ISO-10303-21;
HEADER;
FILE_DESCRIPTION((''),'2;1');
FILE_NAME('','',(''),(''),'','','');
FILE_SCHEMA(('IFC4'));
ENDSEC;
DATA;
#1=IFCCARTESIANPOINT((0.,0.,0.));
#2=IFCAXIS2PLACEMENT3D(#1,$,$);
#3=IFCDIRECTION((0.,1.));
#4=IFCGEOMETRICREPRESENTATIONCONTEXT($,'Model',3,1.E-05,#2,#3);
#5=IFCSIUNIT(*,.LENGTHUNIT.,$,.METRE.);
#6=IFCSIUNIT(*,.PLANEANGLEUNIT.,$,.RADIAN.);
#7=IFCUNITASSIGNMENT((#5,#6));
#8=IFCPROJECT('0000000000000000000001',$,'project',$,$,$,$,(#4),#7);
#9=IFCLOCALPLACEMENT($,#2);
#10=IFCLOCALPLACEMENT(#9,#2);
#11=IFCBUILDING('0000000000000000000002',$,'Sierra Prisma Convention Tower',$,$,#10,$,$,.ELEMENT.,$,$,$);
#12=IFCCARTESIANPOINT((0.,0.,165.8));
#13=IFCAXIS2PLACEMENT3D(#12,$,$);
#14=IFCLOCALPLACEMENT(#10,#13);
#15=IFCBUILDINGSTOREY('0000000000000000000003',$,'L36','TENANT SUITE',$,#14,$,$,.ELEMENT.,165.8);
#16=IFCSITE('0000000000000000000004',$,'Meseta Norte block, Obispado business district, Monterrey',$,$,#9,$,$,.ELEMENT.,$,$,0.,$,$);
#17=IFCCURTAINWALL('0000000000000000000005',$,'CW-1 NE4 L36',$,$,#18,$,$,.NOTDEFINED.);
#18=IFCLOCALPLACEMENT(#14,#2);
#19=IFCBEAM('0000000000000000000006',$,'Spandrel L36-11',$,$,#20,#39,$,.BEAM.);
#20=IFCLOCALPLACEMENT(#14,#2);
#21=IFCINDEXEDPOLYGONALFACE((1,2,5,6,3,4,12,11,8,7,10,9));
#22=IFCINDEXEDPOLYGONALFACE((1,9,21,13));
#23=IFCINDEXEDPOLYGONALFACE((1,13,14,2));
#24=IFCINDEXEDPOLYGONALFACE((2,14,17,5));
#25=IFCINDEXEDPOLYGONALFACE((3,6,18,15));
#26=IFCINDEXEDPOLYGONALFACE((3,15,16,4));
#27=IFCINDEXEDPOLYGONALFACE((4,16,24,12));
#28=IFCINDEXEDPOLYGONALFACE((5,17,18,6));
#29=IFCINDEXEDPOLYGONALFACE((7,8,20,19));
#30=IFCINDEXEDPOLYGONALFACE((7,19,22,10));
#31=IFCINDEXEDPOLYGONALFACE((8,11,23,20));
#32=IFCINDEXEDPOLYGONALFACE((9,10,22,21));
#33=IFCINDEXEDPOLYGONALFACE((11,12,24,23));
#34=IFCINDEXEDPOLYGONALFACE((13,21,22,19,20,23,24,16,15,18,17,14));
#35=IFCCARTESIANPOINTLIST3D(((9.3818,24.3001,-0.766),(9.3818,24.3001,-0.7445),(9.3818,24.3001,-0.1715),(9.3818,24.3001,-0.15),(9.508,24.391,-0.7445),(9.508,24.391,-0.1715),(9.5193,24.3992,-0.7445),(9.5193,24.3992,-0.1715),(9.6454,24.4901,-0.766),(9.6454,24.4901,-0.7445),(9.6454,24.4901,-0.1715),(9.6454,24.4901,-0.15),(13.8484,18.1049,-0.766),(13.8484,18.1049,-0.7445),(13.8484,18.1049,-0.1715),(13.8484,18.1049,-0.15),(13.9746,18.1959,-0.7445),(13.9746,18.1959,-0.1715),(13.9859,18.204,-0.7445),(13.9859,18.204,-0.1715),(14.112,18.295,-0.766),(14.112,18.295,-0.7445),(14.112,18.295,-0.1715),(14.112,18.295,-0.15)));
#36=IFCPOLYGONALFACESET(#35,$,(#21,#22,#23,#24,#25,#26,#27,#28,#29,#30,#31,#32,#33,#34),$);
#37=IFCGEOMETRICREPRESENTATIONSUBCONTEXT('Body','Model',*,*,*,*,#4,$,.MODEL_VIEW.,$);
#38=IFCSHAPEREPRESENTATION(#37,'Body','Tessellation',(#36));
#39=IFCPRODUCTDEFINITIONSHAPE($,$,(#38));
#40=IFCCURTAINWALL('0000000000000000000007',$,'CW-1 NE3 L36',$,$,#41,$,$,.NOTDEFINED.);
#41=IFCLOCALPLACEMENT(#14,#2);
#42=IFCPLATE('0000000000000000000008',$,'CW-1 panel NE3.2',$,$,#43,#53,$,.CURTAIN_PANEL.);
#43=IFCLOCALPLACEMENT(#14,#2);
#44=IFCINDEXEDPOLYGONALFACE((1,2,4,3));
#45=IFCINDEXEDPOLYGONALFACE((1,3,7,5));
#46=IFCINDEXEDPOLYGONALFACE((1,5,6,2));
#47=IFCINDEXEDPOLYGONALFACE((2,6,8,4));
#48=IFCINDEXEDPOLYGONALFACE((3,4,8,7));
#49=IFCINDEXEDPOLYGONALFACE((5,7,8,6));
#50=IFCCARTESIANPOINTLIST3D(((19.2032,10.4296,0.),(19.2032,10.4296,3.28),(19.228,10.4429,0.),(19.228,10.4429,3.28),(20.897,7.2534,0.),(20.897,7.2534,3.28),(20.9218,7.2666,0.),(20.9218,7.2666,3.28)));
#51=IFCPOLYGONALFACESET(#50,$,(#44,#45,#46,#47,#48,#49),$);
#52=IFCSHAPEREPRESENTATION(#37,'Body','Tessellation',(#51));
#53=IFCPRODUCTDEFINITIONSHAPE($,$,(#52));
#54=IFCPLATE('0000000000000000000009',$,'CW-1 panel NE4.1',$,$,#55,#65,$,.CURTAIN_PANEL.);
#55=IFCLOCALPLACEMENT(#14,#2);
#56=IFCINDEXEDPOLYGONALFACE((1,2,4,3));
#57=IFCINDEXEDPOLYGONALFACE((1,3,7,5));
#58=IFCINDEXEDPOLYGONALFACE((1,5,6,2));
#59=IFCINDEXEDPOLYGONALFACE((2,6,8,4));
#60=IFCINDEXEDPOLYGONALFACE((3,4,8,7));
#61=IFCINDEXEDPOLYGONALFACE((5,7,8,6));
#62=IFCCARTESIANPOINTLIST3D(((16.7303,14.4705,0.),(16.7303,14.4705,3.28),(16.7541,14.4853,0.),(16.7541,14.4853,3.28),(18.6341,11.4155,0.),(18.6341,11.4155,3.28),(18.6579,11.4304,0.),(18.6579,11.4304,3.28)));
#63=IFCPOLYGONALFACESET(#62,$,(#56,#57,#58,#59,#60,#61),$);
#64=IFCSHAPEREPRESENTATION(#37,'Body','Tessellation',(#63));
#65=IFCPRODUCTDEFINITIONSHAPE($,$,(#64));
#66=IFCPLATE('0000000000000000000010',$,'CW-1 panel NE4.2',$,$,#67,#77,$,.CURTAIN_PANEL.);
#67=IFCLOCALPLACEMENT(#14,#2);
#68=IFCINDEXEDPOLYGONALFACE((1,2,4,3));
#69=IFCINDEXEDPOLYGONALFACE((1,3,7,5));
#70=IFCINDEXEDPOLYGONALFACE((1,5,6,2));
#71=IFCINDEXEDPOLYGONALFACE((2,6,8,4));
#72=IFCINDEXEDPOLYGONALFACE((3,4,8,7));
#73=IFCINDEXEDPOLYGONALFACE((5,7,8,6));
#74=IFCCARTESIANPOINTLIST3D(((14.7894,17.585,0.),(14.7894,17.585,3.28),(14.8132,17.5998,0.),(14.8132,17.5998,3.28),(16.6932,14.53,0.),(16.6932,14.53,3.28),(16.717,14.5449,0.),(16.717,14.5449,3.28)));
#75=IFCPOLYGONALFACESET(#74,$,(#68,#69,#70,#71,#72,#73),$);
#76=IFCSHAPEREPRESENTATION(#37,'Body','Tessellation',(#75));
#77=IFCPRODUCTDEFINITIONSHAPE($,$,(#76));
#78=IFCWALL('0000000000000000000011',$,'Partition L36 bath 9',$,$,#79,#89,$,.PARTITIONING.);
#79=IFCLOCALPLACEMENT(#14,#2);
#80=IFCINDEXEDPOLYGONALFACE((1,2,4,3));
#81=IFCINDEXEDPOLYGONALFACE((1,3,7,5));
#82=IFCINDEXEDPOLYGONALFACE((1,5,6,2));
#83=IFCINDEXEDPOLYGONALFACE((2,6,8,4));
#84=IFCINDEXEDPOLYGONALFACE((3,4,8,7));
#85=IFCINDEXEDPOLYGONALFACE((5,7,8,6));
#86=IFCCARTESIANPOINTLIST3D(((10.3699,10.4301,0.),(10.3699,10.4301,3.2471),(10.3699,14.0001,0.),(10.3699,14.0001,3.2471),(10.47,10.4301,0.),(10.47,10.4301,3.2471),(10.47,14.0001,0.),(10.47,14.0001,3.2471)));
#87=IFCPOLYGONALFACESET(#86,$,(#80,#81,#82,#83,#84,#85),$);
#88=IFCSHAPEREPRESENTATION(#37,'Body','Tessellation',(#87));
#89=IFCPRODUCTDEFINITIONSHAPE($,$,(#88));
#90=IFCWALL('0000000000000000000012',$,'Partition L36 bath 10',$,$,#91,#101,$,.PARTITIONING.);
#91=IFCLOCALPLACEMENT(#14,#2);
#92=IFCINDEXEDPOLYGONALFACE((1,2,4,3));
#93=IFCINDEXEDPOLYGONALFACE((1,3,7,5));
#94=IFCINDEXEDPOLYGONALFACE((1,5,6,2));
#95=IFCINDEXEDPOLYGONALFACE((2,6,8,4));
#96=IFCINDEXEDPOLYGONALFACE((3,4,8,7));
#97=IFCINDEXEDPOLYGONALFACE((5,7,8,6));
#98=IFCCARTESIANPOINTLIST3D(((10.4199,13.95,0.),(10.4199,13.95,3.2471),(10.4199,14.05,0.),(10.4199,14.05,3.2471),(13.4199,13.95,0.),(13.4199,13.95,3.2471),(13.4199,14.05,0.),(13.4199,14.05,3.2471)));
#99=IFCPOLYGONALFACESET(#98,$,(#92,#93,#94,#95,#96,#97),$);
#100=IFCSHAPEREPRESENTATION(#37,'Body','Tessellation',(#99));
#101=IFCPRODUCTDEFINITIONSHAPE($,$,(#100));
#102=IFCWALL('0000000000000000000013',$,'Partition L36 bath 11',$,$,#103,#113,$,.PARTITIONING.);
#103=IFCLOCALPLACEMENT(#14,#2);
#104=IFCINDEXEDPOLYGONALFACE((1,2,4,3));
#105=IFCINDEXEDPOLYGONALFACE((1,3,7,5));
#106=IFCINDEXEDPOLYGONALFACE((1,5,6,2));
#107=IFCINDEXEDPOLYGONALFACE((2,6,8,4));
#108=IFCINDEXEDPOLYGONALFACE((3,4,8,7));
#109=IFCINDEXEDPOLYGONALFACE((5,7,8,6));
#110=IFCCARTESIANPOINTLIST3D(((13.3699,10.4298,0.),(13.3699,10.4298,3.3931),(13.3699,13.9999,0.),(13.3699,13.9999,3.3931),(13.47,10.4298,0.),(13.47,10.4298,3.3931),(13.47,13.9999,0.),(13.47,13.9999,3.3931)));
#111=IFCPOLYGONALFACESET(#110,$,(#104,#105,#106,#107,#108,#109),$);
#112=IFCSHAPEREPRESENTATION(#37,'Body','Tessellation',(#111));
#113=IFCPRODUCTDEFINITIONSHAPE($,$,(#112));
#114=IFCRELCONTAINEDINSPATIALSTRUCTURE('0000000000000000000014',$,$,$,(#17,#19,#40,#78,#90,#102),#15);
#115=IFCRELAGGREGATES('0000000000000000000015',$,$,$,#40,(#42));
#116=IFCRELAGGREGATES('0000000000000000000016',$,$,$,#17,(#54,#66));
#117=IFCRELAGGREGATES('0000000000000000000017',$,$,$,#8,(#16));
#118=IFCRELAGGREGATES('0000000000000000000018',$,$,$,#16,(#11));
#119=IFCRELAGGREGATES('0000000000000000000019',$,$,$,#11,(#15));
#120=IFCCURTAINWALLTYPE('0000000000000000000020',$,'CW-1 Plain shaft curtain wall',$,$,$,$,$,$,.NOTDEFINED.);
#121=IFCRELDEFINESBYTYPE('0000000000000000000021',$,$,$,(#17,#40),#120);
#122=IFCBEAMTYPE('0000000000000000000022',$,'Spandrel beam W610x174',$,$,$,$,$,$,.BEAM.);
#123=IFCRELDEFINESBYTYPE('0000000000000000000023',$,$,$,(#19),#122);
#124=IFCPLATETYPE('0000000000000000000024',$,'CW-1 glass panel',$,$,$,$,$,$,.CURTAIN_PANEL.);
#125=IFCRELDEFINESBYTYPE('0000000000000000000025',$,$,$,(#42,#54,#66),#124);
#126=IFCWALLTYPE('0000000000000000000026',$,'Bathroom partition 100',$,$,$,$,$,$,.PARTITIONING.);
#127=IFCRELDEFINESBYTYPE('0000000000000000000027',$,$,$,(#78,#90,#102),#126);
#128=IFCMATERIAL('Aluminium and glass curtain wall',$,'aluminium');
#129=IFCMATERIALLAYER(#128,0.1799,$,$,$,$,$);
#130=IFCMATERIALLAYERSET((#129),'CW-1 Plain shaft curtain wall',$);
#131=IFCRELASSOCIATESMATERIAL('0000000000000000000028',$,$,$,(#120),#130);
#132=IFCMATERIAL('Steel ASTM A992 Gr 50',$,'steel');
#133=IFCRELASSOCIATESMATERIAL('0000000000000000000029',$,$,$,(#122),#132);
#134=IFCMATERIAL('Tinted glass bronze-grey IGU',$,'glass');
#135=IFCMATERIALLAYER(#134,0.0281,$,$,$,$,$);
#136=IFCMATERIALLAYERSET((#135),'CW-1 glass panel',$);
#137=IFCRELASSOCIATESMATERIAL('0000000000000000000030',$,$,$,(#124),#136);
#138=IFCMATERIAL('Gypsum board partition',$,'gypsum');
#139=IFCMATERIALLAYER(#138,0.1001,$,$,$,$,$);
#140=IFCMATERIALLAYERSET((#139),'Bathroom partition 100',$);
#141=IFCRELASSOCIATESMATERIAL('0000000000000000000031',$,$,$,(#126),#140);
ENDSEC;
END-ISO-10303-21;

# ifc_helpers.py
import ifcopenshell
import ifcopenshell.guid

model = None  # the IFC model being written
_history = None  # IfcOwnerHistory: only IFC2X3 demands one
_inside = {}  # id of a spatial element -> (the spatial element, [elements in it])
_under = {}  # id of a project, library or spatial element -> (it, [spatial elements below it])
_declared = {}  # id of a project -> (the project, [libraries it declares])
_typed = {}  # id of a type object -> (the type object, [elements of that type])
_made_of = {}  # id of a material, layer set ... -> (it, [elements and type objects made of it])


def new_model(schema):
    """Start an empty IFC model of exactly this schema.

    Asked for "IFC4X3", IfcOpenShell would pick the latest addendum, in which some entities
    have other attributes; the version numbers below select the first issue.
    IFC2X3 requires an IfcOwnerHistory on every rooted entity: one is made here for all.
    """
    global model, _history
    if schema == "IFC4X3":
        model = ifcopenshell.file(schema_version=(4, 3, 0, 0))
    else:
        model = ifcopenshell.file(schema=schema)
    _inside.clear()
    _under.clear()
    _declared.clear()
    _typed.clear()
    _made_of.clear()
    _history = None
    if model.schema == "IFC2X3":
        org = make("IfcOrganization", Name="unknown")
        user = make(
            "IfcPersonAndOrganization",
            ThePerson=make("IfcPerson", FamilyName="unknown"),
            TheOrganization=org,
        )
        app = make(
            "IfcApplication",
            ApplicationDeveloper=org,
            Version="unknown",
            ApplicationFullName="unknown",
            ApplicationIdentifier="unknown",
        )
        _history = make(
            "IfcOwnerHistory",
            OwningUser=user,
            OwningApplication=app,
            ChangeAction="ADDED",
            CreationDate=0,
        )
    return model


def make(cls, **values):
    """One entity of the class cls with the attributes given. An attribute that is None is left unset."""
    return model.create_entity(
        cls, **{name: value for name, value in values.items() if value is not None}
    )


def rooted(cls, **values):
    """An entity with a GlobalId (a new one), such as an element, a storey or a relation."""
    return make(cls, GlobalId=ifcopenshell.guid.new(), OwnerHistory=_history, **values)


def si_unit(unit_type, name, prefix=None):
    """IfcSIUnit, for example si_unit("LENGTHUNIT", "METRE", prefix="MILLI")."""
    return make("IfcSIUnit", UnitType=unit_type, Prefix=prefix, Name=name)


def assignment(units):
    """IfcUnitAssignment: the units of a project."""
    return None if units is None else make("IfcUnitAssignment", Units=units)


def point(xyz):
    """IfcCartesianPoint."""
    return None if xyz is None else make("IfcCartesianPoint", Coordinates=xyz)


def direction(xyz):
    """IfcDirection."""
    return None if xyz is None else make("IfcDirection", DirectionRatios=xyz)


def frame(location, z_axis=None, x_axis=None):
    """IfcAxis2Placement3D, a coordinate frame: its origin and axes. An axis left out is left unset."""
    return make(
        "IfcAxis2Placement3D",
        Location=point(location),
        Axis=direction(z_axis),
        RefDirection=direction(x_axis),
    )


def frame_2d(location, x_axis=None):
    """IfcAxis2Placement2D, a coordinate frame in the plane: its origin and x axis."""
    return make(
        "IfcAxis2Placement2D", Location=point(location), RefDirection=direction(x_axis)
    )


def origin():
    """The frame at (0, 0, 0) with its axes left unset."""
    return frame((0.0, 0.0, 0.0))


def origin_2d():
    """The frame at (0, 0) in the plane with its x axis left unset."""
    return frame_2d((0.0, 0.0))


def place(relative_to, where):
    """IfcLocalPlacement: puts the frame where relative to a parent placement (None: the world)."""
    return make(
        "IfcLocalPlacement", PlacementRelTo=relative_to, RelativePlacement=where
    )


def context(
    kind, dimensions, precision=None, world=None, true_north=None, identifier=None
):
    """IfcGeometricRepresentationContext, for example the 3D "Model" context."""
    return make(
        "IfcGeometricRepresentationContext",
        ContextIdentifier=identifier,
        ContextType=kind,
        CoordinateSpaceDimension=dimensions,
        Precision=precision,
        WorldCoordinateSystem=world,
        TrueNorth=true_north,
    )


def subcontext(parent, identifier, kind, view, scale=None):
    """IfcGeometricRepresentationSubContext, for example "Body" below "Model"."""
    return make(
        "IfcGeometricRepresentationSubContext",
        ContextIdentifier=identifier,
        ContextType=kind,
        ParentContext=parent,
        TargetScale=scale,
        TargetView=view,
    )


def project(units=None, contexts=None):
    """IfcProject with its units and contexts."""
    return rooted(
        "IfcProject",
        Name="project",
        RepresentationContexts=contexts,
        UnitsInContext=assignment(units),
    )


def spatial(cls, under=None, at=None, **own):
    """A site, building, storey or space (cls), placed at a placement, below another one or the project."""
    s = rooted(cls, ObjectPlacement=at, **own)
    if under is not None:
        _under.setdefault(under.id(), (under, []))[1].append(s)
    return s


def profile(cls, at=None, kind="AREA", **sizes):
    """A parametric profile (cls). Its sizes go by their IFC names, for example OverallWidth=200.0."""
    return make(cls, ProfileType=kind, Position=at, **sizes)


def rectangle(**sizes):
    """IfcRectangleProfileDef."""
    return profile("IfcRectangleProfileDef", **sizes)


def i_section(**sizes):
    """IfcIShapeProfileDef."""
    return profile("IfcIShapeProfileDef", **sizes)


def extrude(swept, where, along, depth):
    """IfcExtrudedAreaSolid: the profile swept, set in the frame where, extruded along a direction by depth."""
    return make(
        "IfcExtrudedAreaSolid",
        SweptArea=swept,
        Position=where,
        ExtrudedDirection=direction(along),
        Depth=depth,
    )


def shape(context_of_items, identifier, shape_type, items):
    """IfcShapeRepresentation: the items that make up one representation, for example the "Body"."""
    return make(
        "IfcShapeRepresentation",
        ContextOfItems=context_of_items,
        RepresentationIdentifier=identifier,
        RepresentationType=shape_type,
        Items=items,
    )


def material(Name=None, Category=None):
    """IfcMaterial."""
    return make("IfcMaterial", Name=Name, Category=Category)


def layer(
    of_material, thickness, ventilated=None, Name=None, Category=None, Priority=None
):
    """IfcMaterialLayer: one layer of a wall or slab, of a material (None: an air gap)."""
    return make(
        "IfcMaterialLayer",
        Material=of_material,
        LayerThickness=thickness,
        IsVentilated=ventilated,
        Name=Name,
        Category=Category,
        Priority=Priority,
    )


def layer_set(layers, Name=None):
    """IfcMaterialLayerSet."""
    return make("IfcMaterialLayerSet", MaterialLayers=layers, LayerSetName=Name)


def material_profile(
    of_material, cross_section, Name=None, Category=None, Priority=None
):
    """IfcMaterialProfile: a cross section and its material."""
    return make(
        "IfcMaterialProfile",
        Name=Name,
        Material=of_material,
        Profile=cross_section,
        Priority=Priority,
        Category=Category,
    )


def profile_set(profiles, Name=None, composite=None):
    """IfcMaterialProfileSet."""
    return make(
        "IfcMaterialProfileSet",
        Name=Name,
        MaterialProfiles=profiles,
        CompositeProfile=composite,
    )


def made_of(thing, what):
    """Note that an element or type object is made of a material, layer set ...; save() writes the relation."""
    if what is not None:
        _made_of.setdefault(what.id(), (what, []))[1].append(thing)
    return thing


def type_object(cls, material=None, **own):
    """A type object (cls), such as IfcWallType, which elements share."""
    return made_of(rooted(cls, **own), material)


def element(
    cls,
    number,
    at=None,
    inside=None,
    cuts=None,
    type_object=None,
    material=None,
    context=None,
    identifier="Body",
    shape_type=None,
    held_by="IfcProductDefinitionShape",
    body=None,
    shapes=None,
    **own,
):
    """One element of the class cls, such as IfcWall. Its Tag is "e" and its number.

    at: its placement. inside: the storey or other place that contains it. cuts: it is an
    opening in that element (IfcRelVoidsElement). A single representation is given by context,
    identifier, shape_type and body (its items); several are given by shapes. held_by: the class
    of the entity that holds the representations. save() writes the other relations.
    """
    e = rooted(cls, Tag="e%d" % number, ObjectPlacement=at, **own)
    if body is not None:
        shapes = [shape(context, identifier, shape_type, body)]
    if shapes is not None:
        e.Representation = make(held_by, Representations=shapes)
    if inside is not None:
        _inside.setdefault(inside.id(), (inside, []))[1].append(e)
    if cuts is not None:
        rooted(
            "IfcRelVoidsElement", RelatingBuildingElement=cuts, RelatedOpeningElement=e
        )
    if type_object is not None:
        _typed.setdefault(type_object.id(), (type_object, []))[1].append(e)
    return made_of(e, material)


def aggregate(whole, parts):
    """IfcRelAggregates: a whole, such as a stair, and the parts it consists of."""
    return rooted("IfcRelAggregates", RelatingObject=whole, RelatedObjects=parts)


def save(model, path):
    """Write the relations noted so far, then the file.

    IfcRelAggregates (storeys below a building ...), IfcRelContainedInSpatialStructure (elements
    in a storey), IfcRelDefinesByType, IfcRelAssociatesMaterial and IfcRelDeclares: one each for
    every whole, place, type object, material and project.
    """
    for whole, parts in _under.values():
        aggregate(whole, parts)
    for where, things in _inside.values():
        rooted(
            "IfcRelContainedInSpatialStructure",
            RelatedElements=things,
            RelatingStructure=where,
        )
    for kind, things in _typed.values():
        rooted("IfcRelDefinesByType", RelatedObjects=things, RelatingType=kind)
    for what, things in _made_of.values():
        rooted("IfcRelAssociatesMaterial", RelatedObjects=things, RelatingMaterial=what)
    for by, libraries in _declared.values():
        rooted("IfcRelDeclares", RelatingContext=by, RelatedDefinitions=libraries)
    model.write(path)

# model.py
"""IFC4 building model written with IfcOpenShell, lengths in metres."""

from ifc_helpers import new_model, si_unit, direction, frame, frame_2d, origin, origin_2d, place, context, subcontext, project, spatial, rectangle, i_section, extrude, material, layer, layer_set, material_profile, profile_set, type_object, element, aggregate, save


model = new_model("IFC4")

# Units and contexts
model_context = context("Model", 3, precision=1e-05, world=origin(), true_north=direction((0.0, 1.0)))
body_context = subcontext(model_context, "Body", "Model", "MODEL_VIEW")
ifc_project = project(units=[si_unit("LENGTHUNIT", "METRE"), si_unit("PLANEANGLEUNIT", "RADIAN")], contexts=[model_context])

# Site, building, storey
site_placement = place(None, origin())
site = spatial("IfcSite", under=ifc_project, at=site_placement, Name="Meseta Norte block, Obispado business district, Monterrey", CompositionType="ELEMENT", RefElevation=0.0)
building_placement = place(site_placement, origin())
building = spatial("IfcBuilding", under=site, at=building_placement, Name="Sierra Prisma Convention Tower", CompositionType="ELEMENT")
storey_placement = place(building_placement, frame((0.0, 0.0, 165.8)))
storey = spatial("IfcBuildingStorey", under=building, at=storey_placement, Name="L36", Description="TENANT SUITE", CompositionType="ELEMENT", Elevation=165.8)

# Curtain wall
ifc_material_1 = material(Name="Aluminium and glass curtain wall", Category="aluminium")
ifc_layer_1 = layer(ifc_material_1, 0.1799)
ifc_layer_set_1 = layer_set([ifc_layer_1], Name="CW-1 Plain shaft curtain wall")
curtain_wall_type = type_object("IfcCurtainWallType", Name="CW-1 Plain shaft curtain wall", PredefinedType="NOTDEFINED", material=ifc_layer_set_1)
curtain_wall_1_placement = place(storey_placement, origin())
curtain_wall_1 = element("IfcCurtainWall", 1, at=curtain_wall_1_placement, inside=storey, type_object=curtain_wall_type, Name="CW-1 NE4 L36", PredefinedType="NOTDEFINED")

# Beam
ifc_material_2 = material(Name="Steel ASTM A992 Gr 50", Category="steel")
ifc_material_profile_1 = material_profile(ifc_material_2, i_section(OverallWidth=0.325, OverallDepth=0.616, WebThickness=0.0139, FlangeThickness=0.0215, at=origin_2d()), Name="W610x174")
ifc_profile_set_1 = profile_set([ifc_material_profile_1], Name="Steel ASTM A992 Gr 50")
beam_type_1 = type_object("IfcBeamType", Name="Spandrel beam W610x174", PredefinedType="BEAM", material=ifc_profile_set_1)
beam_1_placement = place(storey_placement, frame((13.9802, 18.2, -0.458), z_axis=(-0.584831, 0.811155, 0.0), x_axis=(-0.811155, -0.584831, 0.0)))
element("IfcBeam", 2, at=beam_1_placement, inside=storey, type_object=beam_type_1, Name="Spandrel L36-11", PredefinedType="BEAM", context=body_context, shape_type="SweptSolid", body=[
    extrude(i_section(OverallWidth=0.325, OverallDepth=0.616, WebThickness=0.0139, FlangeThickness=0.0215, at=origin_2d()), origin(), (0.0, 0.0, 1.0), 7.6375),
])

# Curtain wall, plate
curtain_wall_2_placement = place(storey_placement, origin())
curtain_wall_2 = element("IfcCurtainWall", 3, at=curtain_wall_2_placement, inside=storey, type_object=curtain_wall_type, Name="CW-1 NE3 L36", PredefinedType="NOTDEFINED")
ifc_material_3 = material(Name="Tinted glass bronze-grey IGU", Category="glass")
ifc_layer_2 = layer(ifc_material_3, 0.0281)
ifc_layer_set_2 = layer_set([ifc_layer_2], Name="CW-1 glass panel")
plate_type = type_object("IfcPlateType", Name="CW-1 glass panel", PredefinedType="CURTAIN_PANEL", material=ifc_layer_set_2)
plate_1_placement = place(storey_placement, frame((20.0625, 8.8481, 0.0), z_axis=(0.0, 0.0, 1.0), x_axis=(-0.470541, 0.882378, 0.0)))
plate_1 = element("IfcPlate", 4, at=plate_1_placement, type_object=plate_type, Name="CW-1 panel NE3.2", PredefinedType="CURTAIN_PANEL", context=body_context, shape_type="SweptSolid", body=[
    extrude(rectangle(XDim=3.5996, YDim=0.0281, at=origin_2d()), origin(), (0.0, 0.0, 1.0), 3.28),
])
aggregate(curtain_wall_2, [plate_1])

# Plates
plate_2_placement = place(storey_placement, frame((17.6941, 12.9504, 0.0), z_axis=(0.0, 0.0, 1.0), x_axis=(-0.528891, 0.84869, 0.0)))
plate_2 = element("IfcPlate", 5, at=plate_2_placement, type_object=plate_type, Name="CW-1 panel NE4.1", PredefinedType="CURTAIN_PANEL", context=body_context, shape_type="SweptSolid", body=[
    extrude(rectangle(XDim=3.5996, YDim=0.0281, at=origin_2d()), origin(), (0.0, 0.0, 1.0), 3.28),
])
plate_3_placement = place(storey_placement, frame((15.7532, 16.0649, 0.0), z_axis=(0.0, 0.0, 1.0), x_axis=(-0.528891, 0.84869, 0.0)))
plate_3 = element("IfcPlate", 6, at=plate_3_placement, type_object=plate_type, Name="CW-1 panel NE4.2", PredefinedType="CURTAIN_PANEL", context=body_context, shape_type="SweptSolid", body=[
    extrude(rectangle(XDim=3.5996, YDim=0.0281, at=origin_2d()), origin(), (0.0, 0.0, 1.0), 3.28),
])
aggregate(curtain_wall_1, [plate_2, plate_3])

# Walls
ifc_material_4 = material(Name="Gypsum board partition", Category="gypsum")
ifc_layer_3 = layer(ifc_material_4, 0.1001)
ifc_layer_set_3 = layer_set([ifc_layer_3], Name="Bathroom partition 100")
wall_type_1 = type_object("IfcWallType", Name="Bathroom partition 100", PredefinedType="PARTITIONING", material=ifc_layer_set_3)
wall_1_placement = place(storey_placement, frame((10.4199, 10.4299, 0.0), z_axis=(0.0, 0.0, 1.0), x_axis=(0.0, 1.0, 0.0)))
element("IfcWall", 7, at=wall_1_placement, inside=storey, type_object=wall_type_1, Name="Partition L36 bath 9", PredefinedType="PARTITIONING", context=body_context, shape_type="SweptSolid", body=[
    extrude(rectangle(XDim=3.5701, YDim=0.1001, at=frame_2d((1.7852, 0.0))), origin(), (0.0, 0.0, 1.0), 3.2471),
])
wall_2_placement = place(storey_placement, frame((10.4199, 14.0, 0.0), z_axis=(0.0, 0.0, 1.0), x_axis=(1.0, 0.0, 0.0)))
element("IfcWall", 8, at=wall_2_placement, inside=storey, type_object=wall_type_1, Name="Partition L36 bath 10", PredefinedType="PARTITIONING", context=body_context, shape_type="SweptSolid", body=[
    extrude(rectangle(XDim=3.0, YDim=0.1001, at=frame_2d((1.5, 0.0))), origin(), (0.0, 0.0, 1.0), 3.2471),
])
wall_3_placement = place(storey_placement, frame((13.4199, 14.0, 0.0), z_axis=(0.0, 0.0, 1.0), x_axis=(0.0, -1.0, 0.0)))
element("IfcWall", 9, at=wall_3_placement, inside=storey, type_object=wall_type_1, Name="Partition L36 bath 11", PredefinedType="PARTITIONING", context=body_context, shape_type="SweptSolid", body=[
    extrude(rectangle(XDim=3.5701, YDim=0.1001, at=frame_2d((1.7852, 0.0))), origin(), (0.0, 0.0, 1.0), 3.3931),
])

save(model, "model.ifc")
